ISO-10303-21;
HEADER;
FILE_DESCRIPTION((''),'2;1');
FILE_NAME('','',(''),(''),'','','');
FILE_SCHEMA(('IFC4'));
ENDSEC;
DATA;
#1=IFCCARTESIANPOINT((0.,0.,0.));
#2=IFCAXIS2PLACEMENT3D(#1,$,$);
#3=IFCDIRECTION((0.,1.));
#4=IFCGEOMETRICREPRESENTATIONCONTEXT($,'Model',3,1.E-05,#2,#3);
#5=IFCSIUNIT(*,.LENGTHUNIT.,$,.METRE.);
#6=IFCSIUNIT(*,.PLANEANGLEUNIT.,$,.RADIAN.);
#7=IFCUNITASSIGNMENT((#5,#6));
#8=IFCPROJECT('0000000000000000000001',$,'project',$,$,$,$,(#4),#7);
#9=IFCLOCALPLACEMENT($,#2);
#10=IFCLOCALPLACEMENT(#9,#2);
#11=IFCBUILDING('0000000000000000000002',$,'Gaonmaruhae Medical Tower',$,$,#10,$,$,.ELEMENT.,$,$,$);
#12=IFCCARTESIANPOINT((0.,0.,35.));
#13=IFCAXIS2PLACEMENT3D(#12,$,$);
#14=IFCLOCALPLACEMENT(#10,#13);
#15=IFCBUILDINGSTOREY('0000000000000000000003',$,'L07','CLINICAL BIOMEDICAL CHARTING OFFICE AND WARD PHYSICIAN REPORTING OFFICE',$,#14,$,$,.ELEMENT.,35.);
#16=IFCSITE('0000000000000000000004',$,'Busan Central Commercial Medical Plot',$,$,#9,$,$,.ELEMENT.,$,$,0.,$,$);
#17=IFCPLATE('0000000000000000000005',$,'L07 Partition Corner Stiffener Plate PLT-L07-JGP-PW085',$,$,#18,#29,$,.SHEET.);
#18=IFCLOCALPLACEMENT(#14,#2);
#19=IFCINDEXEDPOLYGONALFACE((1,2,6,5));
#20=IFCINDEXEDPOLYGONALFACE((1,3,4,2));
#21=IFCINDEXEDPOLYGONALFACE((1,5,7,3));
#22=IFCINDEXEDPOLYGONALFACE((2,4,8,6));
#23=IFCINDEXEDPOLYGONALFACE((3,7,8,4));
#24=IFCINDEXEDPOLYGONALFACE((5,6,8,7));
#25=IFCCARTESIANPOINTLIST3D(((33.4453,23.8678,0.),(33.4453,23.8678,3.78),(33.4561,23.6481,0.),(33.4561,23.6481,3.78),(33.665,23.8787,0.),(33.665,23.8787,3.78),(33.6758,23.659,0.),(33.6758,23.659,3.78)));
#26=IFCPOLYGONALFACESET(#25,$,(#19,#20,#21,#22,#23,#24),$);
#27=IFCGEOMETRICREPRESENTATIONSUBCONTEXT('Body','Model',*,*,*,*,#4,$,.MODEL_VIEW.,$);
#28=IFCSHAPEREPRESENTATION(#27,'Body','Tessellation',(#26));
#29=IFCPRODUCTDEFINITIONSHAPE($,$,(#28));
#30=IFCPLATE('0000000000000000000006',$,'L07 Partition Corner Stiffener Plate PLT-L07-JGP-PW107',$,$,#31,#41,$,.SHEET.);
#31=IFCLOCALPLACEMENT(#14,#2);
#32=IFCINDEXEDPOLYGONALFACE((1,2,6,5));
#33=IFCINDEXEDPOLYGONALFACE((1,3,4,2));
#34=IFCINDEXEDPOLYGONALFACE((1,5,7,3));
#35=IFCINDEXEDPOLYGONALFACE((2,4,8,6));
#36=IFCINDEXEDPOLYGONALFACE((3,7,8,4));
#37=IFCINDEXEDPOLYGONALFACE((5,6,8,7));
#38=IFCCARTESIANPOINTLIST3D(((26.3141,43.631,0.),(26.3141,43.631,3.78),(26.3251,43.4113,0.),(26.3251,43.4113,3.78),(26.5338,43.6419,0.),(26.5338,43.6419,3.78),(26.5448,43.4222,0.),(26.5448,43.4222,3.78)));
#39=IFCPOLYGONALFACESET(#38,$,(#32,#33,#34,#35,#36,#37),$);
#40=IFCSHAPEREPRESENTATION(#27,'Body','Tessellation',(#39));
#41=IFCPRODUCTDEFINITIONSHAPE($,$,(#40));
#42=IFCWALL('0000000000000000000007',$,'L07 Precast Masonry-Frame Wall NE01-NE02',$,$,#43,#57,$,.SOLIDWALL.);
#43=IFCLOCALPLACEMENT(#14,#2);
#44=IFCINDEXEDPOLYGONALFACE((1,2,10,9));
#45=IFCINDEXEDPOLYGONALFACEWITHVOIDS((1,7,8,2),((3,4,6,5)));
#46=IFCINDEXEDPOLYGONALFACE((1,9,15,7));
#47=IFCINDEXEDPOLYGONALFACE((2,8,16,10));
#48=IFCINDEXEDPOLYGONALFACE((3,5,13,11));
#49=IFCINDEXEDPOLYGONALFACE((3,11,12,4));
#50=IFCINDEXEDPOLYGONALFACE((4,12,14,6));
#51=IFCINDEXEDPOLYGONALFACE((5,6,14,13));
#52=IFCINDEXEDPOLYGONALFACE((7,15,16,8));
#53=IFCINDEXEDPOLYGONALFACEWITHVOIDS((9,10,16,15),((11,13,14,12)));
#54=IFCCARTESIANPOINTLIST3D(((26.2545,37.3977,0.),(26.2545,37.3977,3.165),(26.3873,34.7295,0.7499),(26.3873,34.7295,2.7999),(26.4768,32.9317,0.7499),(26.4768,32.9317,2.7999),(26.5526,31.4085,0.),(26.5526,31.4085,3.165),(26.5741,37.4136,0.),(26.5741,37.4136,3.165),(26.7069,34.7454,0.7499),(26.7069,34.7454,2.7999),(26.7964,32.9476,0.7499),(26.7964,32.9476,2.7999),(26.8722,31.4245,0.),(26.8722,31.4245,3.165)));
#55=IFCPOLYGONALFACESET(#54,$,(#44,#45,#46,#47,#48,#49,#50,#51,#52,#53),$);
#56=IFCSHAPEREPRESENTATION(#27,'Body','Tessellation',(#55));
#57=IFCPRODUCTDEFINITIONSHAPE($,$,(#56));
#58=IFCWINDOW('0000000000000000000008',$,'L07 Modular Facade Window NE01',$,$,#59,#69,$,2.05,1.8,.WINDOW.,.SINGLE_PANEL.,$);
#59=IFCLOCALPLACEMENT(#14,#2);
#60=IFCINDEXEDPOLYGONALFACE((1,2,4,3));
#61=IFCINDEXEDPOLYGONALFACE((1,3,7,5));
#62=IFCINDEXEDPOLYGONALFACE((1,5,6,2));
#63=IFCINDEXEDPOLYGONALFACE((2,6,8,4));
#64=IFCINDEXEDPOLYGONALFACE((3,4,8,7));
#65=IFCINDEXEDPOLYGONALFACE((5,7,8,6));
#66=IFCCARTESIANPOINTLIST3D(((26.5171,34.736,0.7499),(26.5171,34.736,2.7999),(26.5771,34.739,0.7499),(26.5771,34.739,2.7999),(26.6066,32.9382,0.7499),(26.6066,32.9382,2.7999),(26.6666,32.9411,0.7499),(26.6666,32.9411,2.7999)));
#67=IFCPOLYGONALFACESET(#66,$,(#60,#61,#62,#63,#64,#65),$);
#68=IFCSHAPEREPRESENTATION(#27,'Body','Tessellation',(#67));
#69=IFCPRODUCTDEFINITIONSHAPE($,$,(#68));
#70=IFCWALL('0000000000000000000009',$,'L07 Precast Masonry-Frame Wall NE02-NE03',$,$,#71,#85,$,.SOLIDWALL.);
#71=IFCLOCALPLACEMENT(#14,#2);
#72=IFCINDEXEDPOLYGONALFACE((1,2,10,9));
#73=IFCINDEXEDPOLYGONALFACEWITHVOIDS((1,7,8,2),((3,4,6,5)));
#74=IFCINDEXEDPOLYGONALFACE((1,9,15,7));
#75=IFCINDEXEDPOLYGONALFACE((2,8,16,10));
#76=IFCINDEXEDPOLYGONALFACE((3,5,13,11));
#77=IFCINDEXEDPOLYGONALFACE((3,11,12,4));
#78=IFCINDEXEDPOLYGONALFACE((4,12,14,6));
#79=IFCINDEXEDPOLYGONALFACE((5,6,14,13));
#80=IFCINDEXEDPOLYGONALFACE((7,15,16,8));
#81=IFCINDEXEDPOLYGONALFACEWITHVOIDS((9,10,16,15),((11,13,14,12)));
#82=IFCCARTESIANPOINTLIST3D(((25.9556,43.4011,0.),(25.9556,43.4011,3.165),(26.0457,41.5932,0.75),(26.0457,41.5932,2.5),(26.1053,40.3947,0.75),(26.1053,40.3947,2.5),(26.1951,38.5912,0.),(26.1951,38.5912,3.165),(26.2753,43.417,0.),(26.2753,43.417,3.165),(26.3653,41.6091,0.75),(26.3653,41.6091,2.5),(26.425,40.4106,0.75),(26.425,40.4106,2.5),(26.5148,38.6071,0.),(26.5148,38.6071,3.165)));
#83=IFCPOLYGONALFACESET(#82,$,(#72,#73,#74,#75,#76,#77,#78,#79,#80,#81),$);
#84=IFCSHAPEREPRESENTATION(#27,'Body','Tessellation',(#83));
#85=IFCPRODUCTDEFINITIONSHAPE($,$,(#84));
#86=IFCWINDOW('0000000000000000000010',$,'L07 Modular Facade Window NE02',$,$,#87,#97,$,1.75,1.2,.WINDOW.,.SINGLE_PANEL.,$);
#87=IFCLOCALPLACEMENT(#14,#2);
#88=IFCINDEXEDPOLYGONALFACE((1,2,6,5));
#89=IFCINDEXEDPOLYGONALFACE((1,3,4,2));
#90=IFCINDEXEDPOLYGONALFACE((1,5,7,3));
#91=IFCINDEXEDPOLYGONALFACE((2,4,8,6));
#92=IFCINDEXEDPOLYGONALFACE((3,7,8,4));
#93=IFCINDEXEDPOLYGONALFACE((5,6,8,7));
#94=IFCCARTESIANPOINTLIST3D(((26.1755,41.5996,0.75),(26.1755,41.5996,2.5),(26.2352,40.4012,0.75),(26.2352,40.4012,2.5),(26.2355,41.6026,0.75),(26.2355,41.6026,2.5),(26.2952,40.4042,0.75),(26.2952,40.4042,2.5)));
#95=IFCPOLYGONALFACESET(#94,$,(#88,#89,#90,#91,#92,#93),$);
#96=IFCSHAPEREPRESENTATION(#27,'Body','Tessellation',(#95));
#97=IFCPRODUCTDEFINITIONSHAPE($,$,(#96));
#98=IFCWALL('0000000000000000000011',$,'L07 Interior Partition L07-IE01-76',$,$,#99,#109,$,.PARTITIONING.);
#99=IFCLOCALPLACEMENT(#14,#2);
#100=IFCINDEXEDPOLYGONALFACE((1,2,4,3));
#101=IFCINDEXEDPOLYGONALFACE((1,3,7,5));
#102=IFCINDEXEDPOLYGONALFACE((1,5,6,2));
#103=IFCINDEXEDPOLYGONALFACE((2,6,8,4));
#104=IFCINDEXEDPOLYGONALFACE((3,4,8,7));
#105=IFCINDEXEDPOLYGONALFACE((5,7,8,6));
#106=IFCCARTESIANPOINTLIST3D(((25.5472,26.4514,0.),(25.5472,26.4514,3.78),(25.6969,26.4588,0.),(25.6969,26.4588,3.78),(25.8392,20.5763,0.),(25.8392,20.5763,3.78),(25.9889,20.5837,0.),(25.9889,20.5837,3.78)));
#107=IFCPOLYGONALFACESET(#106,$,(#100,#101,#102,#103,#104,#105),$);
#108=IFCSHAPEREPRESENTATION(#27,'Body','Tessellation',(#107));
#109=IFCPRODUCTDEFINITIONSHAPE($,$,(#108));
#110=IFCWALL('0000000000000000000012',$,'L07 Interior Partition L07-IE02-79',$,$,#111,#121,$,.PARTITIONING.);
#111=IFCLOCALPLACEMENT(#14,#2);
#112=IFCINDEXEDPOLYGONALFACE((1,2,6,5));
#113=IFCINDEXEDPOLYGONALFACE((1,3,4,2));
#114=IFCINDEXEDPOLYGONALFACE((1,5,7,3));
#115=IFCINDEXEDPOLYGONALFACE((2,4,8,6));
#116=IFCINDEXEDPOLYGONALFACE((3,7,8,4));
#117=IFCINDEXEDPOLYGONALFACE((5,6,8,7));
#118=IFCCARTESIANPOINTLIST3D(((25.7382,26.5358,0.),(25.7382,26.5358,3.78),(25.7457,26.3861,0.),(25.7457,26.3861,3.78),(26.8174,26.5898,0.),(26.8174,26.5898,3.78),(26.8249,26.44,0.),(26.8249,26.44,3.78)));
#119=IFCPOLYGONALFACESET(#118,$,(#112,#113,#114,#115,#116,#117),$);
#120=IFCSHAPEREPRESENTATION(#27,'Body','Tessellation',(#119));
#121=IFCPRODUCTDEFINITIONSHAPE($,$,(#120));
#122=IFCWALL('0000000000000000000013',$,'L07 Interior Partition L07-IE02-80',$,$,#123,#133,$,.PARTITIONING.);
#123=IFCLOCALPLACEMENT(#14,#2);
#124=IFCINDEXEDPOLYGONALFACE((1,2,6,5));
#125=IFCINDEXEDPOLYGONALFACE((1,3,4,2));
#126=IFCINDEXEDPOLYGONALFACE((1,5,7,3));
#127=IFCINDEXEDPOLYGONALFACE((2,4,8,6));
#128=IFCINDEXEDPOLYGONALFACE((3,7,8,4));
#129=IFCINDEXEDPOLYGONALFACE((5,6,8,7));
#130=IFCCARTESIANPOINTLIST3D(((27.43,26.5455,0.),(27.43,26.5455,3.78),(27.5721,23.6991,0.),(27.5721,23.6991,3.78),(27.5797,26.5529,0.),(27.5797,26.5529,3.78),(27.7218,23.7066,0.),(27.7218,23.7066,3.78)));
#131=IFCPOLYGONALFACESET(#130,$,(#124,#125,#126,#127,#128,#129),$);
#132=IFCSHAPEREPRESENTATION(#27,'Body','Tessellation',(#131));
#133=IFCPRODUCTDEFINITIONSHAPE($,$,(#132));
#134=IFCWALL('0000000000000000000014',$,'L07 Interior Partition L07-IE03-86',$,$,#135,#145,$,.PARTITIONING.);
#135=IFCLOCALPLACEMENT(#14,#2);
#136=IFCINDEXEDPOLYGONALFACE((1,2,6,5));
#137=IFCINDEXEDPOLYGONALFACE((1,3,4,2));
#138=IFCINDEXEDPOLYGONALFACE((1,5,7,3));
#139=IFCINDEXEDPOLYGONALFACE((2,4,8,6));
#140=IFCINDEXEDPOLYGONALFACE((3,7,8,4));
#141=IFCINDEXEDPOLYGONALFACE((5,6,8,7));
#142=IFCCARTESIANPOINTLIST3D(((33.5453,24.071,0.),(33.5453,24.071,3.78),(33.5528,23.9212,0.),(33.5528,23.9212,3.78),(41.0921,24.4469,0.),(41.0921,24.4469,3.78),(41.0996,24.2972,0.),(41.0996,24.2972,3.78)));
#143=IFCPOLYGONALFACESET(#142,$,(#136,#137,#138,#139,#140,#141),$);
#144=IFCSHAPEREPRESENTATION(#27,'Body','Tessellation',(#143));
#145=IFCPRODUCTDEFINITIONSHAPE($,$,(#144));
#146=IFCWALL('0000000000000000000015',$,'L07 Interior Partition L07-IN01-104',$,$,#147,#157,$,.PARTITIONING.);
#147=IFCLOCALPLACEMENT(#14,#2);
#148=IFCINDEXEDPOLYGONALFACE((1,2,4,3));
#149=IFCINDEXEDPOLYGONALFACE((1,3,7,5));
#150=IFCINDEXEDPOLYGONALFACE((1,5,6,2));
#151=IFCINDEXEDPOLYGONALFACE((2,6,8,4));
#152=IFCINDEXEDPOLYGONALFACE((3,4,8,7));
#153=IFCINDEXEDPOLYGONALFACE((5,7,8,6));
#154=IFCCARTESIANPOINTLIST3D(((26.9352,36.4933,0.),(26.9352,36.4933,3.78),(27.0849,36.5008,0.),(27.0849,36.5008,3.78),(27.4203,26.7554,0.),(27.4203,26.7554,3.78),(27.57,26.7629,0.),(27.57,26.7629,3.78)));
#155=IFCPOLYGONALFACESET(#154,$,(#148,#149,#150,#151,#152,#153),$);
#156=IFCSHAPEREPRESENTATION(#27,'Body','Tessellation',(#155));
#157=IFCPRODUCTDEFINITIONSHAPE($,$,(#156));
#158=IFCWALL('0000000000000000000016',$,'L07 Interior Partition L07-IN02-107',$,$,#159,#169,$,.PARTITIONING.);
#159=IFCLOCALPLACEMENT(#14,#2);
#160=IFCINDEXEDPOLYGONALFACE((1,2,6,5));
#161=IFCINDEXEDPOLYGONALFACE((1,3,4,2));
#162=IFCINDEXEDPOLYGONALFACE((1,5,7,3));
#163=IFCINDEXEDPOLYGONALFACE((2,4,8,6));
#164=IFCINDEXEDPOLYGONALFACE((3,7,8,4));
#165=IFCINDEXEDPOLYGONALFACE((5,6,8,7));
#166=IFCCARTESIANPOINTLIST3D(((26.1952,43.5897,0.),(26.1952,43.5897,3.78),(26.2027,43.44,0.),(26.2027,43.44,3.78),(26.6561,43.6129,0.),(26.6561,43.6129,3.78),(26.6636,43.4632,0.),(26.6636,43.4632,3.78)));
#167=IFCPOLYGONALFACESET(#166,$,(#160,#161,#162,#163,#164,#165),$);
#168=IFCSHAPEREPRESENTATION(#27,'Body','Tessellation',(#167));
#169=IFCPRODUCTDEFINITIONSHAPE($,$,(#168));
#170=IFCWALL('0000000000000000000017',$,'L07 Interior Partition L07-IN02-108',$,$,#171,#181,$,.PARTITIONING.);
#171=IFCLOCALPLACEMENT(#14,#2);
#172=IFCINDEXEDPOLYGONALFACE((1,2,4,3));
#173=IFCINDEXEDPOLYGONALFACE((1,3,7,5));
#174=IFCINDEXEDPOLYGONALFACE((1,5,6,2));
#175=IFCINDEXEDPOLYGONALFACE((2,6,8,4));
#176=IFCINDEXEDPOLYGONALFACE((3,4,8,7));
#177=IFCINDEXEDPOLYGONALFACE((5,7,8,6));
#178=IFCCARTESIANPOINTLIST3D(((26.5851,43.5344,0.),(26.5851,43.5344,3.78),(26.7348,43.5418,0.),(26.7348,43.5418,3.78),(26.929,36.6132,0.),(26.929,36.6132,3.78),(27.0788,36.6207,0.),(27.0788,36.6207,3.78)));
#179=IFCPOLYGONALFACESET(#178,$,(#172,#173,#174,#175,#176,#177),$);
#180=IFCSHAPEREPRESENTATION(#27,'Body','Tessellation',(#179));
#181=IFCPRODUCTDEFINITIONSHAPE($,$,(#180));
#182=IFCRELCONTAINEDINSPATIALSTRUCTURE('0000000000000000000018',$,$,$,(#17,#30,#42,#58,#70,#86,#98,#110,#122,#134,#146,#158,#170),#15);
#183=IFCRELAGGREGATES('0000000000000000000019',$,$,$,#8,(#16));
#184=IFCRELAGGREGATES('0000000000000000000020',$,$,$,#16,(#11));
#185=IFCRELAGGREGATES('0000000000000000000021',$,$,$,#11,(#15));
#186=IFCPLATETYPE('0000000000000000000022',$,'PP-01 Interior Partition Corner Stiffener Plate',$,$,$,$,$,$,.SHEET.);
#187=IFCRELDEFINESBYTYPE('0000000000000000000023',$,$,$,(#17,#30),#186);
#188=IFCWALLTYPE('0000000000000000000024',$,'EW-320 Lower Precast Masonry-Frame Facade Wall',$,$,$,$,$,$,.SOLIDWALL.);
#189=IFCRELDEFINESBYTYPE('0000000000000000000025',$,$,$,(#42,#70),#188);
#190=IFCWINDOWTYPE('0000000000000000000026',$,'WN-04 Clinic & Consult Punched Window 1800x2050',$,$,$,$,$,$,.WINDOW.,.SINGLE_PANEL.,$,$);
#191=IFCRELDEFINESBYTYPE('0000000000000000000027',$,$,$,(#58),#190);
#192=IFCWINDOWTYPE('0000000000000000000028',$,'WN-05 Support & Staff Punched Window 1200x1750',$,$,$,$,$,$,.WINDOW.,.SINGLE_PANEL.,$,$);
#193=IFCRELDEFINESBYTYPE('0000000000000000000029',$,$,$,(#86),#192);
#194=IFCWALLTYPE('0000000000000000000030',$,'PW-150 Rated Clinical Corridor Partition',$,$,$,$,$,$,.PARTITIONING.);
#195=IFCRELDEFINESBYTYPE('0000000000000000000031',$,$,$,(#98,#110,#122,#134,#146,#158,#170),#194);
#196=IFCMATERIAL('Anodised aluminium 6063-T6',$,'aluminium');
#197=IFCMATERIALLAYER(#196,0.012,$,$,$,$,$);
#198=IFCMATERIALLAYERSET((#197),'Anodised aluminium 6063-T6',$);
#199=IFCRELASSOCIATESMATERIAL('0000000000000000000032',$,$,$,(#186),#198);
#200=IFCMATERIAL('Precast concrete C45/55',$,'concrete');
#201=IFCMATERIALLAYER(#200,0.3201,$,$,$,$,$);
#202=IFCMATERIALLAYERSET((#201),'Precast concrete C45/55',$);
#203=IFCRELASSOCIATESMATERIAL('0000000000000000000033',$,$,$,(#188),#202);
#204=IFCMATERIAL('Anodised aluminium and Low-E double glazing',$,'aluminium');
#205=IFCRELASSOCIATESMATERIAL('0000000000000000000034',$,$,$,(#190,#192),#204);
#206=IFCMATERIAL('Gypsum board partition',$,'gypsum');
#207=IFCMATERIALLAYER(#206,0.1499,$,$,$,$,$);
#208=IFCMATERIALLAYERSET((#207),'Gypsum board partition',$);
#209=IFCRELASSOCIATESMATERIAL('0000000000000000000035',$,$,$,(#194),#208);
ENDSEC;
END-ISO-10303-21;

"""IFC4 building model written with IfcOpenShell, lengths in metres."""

from ifc_helpers import new_model, si_unit, direction, frame, frame_2d, origin, origin_2d, place, context, subcontext, project, spatial, rectangle, extrude, material, layer, layer_set, type_object, element, fill, save


model = new_model("IFC4")

# Units and contexts
model_context = context("Model", 3, precision=1e-05, world=origin(), true_north=direction((0.0, 1.0)))
body_context = subcontext(model_context, "Body", "Model", "MODEL_VIEW")
ifc_project = project(units=[si_unit("LENGTHUNIT", "METRE"), si_unit("PLANEANGLEUNIT", "RADIAN")], contexts=[model_context])

# Site, building, storey
site_placement = place(None, origin())
site = spatial("IfcSite", under=ifc_project, at=site_placement, Name="Busan Central Commercial Medical Plot", CompositionType="ELEMENT", RefElevation=0.0)
building_placement = place(site_placement, origin())
building = spatial("IfcBuilding", under=site, at=building_placement, Name="Gaonmaruhae Medical Tower", CompositionType="ELEMENT")
storey_placement = place(building_placement, frame((0.0, 0.0, 35.0)))
storey = spatial("IfcBuildingStorey", under=building, at=storey_placement, Name="L07", Description="CLINICAL BIOMEDICAL CHARTING OFFICE AND WARD PHYSICIAN REPORTING OFFICE", CompositionType="ELEMENT", Elevation=35.0)

# Plates
ifc_material_1 = material(Name="Anodised aluminium 6063-T6", Category="aluminium")
ifc_layer_1 = layer(ifc_material_1, 0.012)
ifc_layer_set_1 = layer_set([ifc_layer_1], Name="Anodised aluminium 6063-T6")
plate_type = type_object("IfcPlateType", Name="PP-01 Interior Partition Corner Stiffener Plate", PredefinedType="SHEET", material=ifc_layer_set_1)
for number, where, z_axis, x_axis, name in (
    (1, (33.5605, 23.7634, 0.0), (0.0, 0.0, 1.0), (-0.049408, 0.998779, 0.0), "L07 Partition Corner Stiffener Plate PLT-L07-JGP-PW085"),
    (2, (26.4294, 43.5266, 0.0), (0.0, 0.0, 1.0), (0.998758, 0.049826, 0.0), "L07 Partition Corner Stiffener Plate PLT-L07-JGP-PW107"),
):
    element("IfcPlate", number, at=place(storey_placement, frame(where, z_axis=z_axis, x_axis=x_axis)), inside=storey, type_object=plate_type, Name=name, PredefinedType="SHEET", context=body_context, shape_type="SweptSolid", body=[
        extrude(rectangle(XDim=0.22, YDim=0.22, at=origin_2d()), origin(), (0.0, 0.0, 1.0), 3.78),
    ])

# Walls, openings, windows
ifc_material_2 = material(Name="Precast concrete C45/55", Category="concrete")
ifc_layer_2 = layer(ifc_material_2, 0.3201)
ifc_layer_set_2 = layer_set([ifc_layer_2], Name="Precast concrete C45/55")
wall_type_1 = type_object("IfcWallType", Name="EW-320 Lower Precast Masonry-Frame Facade Wall", PredefinedType="SOLIDWALL", material=ifc_layer_set_2)
wall_1_placement = place(storey_placement, frame((26.7124, 31.4165, 0.0), z_axis=(0.0, 0.0, 1.0), x_axis=(-0.04971, 0.998764, 0.0)))
wall_1 = element("IfcWall", 3, at=wall_1_placement, inside=storey, type_object=wall_type_1, Name="L07 Precast Masonry-Frame Wall NE01-NE02", PredefinedType="SOLIDWALL", context=body_context, shape_type="SweptSolid", body=[
    extrude(rectangle(XDim=5.9966, YDim=0.3201, at=frame_2d((2.9983, 0.0))), origin(), (0.0, 0.0, 1.0), 3.165),
])
opening_1_placement = place(wall_1_placement, frame((1.5251, 0.0, 0.75)))
opening_1 = element("IfcOpeningElement", 4, at=opening_1_placement, cuts=wall_1, PredefinedType="OPENING", context=body_context, shape_type="SweptSolid", body=[
    extrude(rectangle(XDim=1.8, YDim=2.05, at=frame_2d((0.8999, 1.0249))), frame((0.0, 0.1699, 0.0), z_axis=(0.0, -1.0, 0.0), x_axis=(1.0, 0.0, 0.0)), (0.0, 0.0, 1.0), 0.3401),
])
ifc_material_3 = material(Name="Anodised aluminium and Low-E double glazing", Category="aluminium")
window_type_1 = type_object("IfcWindowType", Name="WN-04 Clinic & Consult Punched Window 1800x2050", PartitioningType="SINGLE_PANEL", PredefinedType="WINDOW", material=ifc_material_3)
window_1_placement = place(opening_1_placement, origin())
window_1 = element("IfcWindow", 5, at=window_1_placement, inside=storey, type_object=window_type_1, Name="L07 Modular Facade Window NE01", OverallHeight=2.05, OverallWidth=1.8, PartitioningType="SINGLE_PANEL", PredefinedType="WINDOW", context=body_context, shape_type="SweptSolid", body=[
    extrude(rectangle(XDim=1.8, YDim=2.05, at=frame_2d((0.8999, 1.0249))), frame((0.0, 0.03, 0.0), z_axis=(0.0, -1.0, 0.0), x_axis=(1.0, 0.0, 0.0)), (0.0, 0.0, 1.0), 0.0601),
])
fill(opening_1, window_1)
wall_2_placement = place(storey_placement, frame((26.355, 38.5991, 0.0), z_axis=(0.0, 0.0, 1.0), x_axis=(-0.04973, 0.998763, 0.0)))
wall_2 = element("IfcWall", 6, at=wall_2_placement, inside=storey, type_object=wall_type_1, Name="L07 Precast Masonry-Frame Wall NE02-NE03", PredefinedType="SOLIDWALL", context=body_context, shape_type="SweptSolid", body=[
    extrude(rectangle(XDim=4.8159, YDim=0.3201, at=frame_2d((2.408, 0.0))), origin(), (0.0, 0.0, 1.0), 3.165),
])
opening_2_placement = place(wall_2_placement, frame((1.8057, 0.0, 0.75)))
opening_2 = element("IfcOpeningElement", 7, at=opening_2_placement, cuts=wall_2, PredefinedType="OPENING", context=body_context, shape_type="SweptSolid", body=[
    extrude(rectangle(XDim=1.2, YDim=1.75, at=frame_2d((0.6001, 0.875))), frame((0.0, 0.1699, 0.0), z_axis=(0.0, -1.0, 0.0), x_axis=(1.0, 0.0, 0.0)), (0.0, 0.0, 1.0), 0.3401),
])
window_type_2 = type_object("IfcWindowType", Name="WN-05 Support & Staff Punched Window 1200x1750", PartitioningType="SINGLE_PANEL", PredefinedType="WINDOW", material=ifc_material_3)
window_2_placement = place(opening_2_placement, origin())
window_2 = element("IfcWindow", 8, at=window_2_placement, inside=storey, type_object=window_type_2, Name="L07 Modular Facade Window NE02", OverallHeight=1.75, OverallWidth=1.2, PartitioningType="SINGLE_PANEL", PredefinedType="WINDOW", context=body_context, shape_type="SweptSolid", body=[
    extrude(rectangle(XDim=1.2, YDim=1.75, at=frame_2d((0.6001, 0.875))), frame((0.0, 0.03, 0.0), z_axis=(0.0, -1.0, 0.0), x_axis=(1.0, 0.0, 0.0)), (0.0, 0.0, 1.0), 0.0601),
])
fill(opening_2, window_2)

# Walls
ifc_material_4 = material(Name="Gypsum board partition", Category="gypsum")
ifc_layer_3 = layer(ifc_material_4, 0.1499)
ifc_layer_set_3 = layer_set([ifc_layer_3], Name="Gypsum board partition")
wall_type_2 = type_object("IfcWallType", Name="PW-150 Rated Clinical Corridor Partition", PredefinedType="PARTITIONING", material=ifc_layer_set_3)
wall_3_placement = place(storey_placement, frame((25.6221, 26.4551, 0.0), z_axis=(0.0, 0.0, 1.0), x_axis=(0.04964, -0.998767, 0.0)))
element("IfcWall", 9, at=wall_3_placement, inside=storey, type_object=wall_type_2, Name="L07 Interior Partition L07-IE01-76", PredefinedType="PARTITIONING", context=body_context, shape_type="SweptSolid", body=[
    extrude(rectangle(XDim=5.8823, YDim=0.1499, at=frame_2d((2.9412, 0.0))), origin(), (0.0, 0.0, 1.0), 3.78),
])
wall_4_placement = place(storey_placement, frame((25.7419, 26.4609, 0.0), z_axis=(0.0, 0.0, 1.0), x_axis=(0.998752, 0.049938, 0.0)))
element("IfcWall", 10, at=wall_4_placement, inside=storey, type_object=wall_type_2, Name="L07 Interior Partition L07-IE02-79", PredefinedType="PARTITIONING", context=body_context, shape_type="SweptSolid", body=[
    extrude(rectangle(XDim=1.0806, YDim=0.1499, at=frame_2d((0.5403, 0.0))), origin(), (0.0, 0.0, 1.0), 3.78),
])
wall_5_placement = place(storey_placement, frame((27.5049, 26.5491, 0.0), z_axis=(0.0, 0.0, 1.0), x_axis=(0.049861, -0.998756, 0.0)))
element("IfcWall", 11, at=wall_5_placement, inside=storey, type_object=wall_type_2, Name="L07 Interior Partition L07-IE02-80", PredefinedType="PARTITIONING", context=body_context, shape_type="SweptSolid", body=[
    extrude(rectangle(XDim=2.8499, YDim=0.1499, at=frame_2d((1.4248, 0.0))), origin(), (0.0, 0.0, 1.0), 3.78),
])
wall_6_placement = place(storey_placement, frame((33.5491, 23.9961, 0.0), z_axis=(0.0, 0.0, 1.0), x_axis=(0.998761, 0.049757, 0.0)))
element("IfcWall", 12, at=wall_6_placement, inside=storey, type_object=wall_type_2, Name="L07 Interior Partition L07-IE03-86", PredefinedType="PARTITIONING", context=body_context, shape_type="SweptSolid", body=[
    extrude(rectangle(XDim=7.5562, YDim=0.1499, at=frame_2d((3.7781, 0.0))), origin(), (0.0, 0.0, 1.0), 3.78),
])
wall_7_placement = place(storey_placement, frame((27.01, 36.4971, 0.0), z_axis=(0.0, 0.0, 1.0), x_axis=(0.049754, -0.998762, 0.0)))
element("IfcWall", 13, at=wall_7_placement, inside=storey, type_object=wall_type_2, Name="L07 Interior Partition L07-IN01-104", PredefinedType="PARTITIONING", context=body_context, shape_type="SweptSolid", body=[
    extrude(rectangle(XDim=9.75, YDim=0.1499, at=frame_2d((4.875, 0.0))), origin(), (0.0, 0.0, 1.0), 3.78),
])
wall_8_placement = place(storey_placement, frame((26.199, 43.5149, 0.0), z_axis=(0.0, 0.0, 1.0), x_axis=(0.998736, 0.050254, 0.0)))
element("IfcWall", 14, at=wall_8_placement, inside=storey, type_object=wall_type_2, Name="L07 Interior Partition L07-IN02-107", PredefinedType="PARTITIONING", context=body_context, shape_type="SweptSolid", body=[
    extrude(rectangle(XDim=0.4614, YDim=0.1499, at=frame_2d((0.2307, 0.0))), origin(), (0.0, 0.0, 1.0), 3.78),
])
wall_9_placement = place(storey_placement, frame((26.6599, 43.5381, 0.0), z_axis=(0.0, 0.0, 1.0), x_axis=(0.049641, -0.998767, 0.0)))
element("IfcWall", 15, at=wall_9_placement, inside=storey, type_object=wall_type_2, Name="L07 Interior Partition L07-IN02-108", PredefinedType="PARTITIONING", context=body_context, shape_type="SweptSolid", body=[
    extrude(rectangle(XDim=6.9297, YDim=0.1499, at=frame_2d((3.4648, 0.0))), origin(), (0.0, 0.0, 1.0), 3.78),
])

save(model, "model.ifc")
